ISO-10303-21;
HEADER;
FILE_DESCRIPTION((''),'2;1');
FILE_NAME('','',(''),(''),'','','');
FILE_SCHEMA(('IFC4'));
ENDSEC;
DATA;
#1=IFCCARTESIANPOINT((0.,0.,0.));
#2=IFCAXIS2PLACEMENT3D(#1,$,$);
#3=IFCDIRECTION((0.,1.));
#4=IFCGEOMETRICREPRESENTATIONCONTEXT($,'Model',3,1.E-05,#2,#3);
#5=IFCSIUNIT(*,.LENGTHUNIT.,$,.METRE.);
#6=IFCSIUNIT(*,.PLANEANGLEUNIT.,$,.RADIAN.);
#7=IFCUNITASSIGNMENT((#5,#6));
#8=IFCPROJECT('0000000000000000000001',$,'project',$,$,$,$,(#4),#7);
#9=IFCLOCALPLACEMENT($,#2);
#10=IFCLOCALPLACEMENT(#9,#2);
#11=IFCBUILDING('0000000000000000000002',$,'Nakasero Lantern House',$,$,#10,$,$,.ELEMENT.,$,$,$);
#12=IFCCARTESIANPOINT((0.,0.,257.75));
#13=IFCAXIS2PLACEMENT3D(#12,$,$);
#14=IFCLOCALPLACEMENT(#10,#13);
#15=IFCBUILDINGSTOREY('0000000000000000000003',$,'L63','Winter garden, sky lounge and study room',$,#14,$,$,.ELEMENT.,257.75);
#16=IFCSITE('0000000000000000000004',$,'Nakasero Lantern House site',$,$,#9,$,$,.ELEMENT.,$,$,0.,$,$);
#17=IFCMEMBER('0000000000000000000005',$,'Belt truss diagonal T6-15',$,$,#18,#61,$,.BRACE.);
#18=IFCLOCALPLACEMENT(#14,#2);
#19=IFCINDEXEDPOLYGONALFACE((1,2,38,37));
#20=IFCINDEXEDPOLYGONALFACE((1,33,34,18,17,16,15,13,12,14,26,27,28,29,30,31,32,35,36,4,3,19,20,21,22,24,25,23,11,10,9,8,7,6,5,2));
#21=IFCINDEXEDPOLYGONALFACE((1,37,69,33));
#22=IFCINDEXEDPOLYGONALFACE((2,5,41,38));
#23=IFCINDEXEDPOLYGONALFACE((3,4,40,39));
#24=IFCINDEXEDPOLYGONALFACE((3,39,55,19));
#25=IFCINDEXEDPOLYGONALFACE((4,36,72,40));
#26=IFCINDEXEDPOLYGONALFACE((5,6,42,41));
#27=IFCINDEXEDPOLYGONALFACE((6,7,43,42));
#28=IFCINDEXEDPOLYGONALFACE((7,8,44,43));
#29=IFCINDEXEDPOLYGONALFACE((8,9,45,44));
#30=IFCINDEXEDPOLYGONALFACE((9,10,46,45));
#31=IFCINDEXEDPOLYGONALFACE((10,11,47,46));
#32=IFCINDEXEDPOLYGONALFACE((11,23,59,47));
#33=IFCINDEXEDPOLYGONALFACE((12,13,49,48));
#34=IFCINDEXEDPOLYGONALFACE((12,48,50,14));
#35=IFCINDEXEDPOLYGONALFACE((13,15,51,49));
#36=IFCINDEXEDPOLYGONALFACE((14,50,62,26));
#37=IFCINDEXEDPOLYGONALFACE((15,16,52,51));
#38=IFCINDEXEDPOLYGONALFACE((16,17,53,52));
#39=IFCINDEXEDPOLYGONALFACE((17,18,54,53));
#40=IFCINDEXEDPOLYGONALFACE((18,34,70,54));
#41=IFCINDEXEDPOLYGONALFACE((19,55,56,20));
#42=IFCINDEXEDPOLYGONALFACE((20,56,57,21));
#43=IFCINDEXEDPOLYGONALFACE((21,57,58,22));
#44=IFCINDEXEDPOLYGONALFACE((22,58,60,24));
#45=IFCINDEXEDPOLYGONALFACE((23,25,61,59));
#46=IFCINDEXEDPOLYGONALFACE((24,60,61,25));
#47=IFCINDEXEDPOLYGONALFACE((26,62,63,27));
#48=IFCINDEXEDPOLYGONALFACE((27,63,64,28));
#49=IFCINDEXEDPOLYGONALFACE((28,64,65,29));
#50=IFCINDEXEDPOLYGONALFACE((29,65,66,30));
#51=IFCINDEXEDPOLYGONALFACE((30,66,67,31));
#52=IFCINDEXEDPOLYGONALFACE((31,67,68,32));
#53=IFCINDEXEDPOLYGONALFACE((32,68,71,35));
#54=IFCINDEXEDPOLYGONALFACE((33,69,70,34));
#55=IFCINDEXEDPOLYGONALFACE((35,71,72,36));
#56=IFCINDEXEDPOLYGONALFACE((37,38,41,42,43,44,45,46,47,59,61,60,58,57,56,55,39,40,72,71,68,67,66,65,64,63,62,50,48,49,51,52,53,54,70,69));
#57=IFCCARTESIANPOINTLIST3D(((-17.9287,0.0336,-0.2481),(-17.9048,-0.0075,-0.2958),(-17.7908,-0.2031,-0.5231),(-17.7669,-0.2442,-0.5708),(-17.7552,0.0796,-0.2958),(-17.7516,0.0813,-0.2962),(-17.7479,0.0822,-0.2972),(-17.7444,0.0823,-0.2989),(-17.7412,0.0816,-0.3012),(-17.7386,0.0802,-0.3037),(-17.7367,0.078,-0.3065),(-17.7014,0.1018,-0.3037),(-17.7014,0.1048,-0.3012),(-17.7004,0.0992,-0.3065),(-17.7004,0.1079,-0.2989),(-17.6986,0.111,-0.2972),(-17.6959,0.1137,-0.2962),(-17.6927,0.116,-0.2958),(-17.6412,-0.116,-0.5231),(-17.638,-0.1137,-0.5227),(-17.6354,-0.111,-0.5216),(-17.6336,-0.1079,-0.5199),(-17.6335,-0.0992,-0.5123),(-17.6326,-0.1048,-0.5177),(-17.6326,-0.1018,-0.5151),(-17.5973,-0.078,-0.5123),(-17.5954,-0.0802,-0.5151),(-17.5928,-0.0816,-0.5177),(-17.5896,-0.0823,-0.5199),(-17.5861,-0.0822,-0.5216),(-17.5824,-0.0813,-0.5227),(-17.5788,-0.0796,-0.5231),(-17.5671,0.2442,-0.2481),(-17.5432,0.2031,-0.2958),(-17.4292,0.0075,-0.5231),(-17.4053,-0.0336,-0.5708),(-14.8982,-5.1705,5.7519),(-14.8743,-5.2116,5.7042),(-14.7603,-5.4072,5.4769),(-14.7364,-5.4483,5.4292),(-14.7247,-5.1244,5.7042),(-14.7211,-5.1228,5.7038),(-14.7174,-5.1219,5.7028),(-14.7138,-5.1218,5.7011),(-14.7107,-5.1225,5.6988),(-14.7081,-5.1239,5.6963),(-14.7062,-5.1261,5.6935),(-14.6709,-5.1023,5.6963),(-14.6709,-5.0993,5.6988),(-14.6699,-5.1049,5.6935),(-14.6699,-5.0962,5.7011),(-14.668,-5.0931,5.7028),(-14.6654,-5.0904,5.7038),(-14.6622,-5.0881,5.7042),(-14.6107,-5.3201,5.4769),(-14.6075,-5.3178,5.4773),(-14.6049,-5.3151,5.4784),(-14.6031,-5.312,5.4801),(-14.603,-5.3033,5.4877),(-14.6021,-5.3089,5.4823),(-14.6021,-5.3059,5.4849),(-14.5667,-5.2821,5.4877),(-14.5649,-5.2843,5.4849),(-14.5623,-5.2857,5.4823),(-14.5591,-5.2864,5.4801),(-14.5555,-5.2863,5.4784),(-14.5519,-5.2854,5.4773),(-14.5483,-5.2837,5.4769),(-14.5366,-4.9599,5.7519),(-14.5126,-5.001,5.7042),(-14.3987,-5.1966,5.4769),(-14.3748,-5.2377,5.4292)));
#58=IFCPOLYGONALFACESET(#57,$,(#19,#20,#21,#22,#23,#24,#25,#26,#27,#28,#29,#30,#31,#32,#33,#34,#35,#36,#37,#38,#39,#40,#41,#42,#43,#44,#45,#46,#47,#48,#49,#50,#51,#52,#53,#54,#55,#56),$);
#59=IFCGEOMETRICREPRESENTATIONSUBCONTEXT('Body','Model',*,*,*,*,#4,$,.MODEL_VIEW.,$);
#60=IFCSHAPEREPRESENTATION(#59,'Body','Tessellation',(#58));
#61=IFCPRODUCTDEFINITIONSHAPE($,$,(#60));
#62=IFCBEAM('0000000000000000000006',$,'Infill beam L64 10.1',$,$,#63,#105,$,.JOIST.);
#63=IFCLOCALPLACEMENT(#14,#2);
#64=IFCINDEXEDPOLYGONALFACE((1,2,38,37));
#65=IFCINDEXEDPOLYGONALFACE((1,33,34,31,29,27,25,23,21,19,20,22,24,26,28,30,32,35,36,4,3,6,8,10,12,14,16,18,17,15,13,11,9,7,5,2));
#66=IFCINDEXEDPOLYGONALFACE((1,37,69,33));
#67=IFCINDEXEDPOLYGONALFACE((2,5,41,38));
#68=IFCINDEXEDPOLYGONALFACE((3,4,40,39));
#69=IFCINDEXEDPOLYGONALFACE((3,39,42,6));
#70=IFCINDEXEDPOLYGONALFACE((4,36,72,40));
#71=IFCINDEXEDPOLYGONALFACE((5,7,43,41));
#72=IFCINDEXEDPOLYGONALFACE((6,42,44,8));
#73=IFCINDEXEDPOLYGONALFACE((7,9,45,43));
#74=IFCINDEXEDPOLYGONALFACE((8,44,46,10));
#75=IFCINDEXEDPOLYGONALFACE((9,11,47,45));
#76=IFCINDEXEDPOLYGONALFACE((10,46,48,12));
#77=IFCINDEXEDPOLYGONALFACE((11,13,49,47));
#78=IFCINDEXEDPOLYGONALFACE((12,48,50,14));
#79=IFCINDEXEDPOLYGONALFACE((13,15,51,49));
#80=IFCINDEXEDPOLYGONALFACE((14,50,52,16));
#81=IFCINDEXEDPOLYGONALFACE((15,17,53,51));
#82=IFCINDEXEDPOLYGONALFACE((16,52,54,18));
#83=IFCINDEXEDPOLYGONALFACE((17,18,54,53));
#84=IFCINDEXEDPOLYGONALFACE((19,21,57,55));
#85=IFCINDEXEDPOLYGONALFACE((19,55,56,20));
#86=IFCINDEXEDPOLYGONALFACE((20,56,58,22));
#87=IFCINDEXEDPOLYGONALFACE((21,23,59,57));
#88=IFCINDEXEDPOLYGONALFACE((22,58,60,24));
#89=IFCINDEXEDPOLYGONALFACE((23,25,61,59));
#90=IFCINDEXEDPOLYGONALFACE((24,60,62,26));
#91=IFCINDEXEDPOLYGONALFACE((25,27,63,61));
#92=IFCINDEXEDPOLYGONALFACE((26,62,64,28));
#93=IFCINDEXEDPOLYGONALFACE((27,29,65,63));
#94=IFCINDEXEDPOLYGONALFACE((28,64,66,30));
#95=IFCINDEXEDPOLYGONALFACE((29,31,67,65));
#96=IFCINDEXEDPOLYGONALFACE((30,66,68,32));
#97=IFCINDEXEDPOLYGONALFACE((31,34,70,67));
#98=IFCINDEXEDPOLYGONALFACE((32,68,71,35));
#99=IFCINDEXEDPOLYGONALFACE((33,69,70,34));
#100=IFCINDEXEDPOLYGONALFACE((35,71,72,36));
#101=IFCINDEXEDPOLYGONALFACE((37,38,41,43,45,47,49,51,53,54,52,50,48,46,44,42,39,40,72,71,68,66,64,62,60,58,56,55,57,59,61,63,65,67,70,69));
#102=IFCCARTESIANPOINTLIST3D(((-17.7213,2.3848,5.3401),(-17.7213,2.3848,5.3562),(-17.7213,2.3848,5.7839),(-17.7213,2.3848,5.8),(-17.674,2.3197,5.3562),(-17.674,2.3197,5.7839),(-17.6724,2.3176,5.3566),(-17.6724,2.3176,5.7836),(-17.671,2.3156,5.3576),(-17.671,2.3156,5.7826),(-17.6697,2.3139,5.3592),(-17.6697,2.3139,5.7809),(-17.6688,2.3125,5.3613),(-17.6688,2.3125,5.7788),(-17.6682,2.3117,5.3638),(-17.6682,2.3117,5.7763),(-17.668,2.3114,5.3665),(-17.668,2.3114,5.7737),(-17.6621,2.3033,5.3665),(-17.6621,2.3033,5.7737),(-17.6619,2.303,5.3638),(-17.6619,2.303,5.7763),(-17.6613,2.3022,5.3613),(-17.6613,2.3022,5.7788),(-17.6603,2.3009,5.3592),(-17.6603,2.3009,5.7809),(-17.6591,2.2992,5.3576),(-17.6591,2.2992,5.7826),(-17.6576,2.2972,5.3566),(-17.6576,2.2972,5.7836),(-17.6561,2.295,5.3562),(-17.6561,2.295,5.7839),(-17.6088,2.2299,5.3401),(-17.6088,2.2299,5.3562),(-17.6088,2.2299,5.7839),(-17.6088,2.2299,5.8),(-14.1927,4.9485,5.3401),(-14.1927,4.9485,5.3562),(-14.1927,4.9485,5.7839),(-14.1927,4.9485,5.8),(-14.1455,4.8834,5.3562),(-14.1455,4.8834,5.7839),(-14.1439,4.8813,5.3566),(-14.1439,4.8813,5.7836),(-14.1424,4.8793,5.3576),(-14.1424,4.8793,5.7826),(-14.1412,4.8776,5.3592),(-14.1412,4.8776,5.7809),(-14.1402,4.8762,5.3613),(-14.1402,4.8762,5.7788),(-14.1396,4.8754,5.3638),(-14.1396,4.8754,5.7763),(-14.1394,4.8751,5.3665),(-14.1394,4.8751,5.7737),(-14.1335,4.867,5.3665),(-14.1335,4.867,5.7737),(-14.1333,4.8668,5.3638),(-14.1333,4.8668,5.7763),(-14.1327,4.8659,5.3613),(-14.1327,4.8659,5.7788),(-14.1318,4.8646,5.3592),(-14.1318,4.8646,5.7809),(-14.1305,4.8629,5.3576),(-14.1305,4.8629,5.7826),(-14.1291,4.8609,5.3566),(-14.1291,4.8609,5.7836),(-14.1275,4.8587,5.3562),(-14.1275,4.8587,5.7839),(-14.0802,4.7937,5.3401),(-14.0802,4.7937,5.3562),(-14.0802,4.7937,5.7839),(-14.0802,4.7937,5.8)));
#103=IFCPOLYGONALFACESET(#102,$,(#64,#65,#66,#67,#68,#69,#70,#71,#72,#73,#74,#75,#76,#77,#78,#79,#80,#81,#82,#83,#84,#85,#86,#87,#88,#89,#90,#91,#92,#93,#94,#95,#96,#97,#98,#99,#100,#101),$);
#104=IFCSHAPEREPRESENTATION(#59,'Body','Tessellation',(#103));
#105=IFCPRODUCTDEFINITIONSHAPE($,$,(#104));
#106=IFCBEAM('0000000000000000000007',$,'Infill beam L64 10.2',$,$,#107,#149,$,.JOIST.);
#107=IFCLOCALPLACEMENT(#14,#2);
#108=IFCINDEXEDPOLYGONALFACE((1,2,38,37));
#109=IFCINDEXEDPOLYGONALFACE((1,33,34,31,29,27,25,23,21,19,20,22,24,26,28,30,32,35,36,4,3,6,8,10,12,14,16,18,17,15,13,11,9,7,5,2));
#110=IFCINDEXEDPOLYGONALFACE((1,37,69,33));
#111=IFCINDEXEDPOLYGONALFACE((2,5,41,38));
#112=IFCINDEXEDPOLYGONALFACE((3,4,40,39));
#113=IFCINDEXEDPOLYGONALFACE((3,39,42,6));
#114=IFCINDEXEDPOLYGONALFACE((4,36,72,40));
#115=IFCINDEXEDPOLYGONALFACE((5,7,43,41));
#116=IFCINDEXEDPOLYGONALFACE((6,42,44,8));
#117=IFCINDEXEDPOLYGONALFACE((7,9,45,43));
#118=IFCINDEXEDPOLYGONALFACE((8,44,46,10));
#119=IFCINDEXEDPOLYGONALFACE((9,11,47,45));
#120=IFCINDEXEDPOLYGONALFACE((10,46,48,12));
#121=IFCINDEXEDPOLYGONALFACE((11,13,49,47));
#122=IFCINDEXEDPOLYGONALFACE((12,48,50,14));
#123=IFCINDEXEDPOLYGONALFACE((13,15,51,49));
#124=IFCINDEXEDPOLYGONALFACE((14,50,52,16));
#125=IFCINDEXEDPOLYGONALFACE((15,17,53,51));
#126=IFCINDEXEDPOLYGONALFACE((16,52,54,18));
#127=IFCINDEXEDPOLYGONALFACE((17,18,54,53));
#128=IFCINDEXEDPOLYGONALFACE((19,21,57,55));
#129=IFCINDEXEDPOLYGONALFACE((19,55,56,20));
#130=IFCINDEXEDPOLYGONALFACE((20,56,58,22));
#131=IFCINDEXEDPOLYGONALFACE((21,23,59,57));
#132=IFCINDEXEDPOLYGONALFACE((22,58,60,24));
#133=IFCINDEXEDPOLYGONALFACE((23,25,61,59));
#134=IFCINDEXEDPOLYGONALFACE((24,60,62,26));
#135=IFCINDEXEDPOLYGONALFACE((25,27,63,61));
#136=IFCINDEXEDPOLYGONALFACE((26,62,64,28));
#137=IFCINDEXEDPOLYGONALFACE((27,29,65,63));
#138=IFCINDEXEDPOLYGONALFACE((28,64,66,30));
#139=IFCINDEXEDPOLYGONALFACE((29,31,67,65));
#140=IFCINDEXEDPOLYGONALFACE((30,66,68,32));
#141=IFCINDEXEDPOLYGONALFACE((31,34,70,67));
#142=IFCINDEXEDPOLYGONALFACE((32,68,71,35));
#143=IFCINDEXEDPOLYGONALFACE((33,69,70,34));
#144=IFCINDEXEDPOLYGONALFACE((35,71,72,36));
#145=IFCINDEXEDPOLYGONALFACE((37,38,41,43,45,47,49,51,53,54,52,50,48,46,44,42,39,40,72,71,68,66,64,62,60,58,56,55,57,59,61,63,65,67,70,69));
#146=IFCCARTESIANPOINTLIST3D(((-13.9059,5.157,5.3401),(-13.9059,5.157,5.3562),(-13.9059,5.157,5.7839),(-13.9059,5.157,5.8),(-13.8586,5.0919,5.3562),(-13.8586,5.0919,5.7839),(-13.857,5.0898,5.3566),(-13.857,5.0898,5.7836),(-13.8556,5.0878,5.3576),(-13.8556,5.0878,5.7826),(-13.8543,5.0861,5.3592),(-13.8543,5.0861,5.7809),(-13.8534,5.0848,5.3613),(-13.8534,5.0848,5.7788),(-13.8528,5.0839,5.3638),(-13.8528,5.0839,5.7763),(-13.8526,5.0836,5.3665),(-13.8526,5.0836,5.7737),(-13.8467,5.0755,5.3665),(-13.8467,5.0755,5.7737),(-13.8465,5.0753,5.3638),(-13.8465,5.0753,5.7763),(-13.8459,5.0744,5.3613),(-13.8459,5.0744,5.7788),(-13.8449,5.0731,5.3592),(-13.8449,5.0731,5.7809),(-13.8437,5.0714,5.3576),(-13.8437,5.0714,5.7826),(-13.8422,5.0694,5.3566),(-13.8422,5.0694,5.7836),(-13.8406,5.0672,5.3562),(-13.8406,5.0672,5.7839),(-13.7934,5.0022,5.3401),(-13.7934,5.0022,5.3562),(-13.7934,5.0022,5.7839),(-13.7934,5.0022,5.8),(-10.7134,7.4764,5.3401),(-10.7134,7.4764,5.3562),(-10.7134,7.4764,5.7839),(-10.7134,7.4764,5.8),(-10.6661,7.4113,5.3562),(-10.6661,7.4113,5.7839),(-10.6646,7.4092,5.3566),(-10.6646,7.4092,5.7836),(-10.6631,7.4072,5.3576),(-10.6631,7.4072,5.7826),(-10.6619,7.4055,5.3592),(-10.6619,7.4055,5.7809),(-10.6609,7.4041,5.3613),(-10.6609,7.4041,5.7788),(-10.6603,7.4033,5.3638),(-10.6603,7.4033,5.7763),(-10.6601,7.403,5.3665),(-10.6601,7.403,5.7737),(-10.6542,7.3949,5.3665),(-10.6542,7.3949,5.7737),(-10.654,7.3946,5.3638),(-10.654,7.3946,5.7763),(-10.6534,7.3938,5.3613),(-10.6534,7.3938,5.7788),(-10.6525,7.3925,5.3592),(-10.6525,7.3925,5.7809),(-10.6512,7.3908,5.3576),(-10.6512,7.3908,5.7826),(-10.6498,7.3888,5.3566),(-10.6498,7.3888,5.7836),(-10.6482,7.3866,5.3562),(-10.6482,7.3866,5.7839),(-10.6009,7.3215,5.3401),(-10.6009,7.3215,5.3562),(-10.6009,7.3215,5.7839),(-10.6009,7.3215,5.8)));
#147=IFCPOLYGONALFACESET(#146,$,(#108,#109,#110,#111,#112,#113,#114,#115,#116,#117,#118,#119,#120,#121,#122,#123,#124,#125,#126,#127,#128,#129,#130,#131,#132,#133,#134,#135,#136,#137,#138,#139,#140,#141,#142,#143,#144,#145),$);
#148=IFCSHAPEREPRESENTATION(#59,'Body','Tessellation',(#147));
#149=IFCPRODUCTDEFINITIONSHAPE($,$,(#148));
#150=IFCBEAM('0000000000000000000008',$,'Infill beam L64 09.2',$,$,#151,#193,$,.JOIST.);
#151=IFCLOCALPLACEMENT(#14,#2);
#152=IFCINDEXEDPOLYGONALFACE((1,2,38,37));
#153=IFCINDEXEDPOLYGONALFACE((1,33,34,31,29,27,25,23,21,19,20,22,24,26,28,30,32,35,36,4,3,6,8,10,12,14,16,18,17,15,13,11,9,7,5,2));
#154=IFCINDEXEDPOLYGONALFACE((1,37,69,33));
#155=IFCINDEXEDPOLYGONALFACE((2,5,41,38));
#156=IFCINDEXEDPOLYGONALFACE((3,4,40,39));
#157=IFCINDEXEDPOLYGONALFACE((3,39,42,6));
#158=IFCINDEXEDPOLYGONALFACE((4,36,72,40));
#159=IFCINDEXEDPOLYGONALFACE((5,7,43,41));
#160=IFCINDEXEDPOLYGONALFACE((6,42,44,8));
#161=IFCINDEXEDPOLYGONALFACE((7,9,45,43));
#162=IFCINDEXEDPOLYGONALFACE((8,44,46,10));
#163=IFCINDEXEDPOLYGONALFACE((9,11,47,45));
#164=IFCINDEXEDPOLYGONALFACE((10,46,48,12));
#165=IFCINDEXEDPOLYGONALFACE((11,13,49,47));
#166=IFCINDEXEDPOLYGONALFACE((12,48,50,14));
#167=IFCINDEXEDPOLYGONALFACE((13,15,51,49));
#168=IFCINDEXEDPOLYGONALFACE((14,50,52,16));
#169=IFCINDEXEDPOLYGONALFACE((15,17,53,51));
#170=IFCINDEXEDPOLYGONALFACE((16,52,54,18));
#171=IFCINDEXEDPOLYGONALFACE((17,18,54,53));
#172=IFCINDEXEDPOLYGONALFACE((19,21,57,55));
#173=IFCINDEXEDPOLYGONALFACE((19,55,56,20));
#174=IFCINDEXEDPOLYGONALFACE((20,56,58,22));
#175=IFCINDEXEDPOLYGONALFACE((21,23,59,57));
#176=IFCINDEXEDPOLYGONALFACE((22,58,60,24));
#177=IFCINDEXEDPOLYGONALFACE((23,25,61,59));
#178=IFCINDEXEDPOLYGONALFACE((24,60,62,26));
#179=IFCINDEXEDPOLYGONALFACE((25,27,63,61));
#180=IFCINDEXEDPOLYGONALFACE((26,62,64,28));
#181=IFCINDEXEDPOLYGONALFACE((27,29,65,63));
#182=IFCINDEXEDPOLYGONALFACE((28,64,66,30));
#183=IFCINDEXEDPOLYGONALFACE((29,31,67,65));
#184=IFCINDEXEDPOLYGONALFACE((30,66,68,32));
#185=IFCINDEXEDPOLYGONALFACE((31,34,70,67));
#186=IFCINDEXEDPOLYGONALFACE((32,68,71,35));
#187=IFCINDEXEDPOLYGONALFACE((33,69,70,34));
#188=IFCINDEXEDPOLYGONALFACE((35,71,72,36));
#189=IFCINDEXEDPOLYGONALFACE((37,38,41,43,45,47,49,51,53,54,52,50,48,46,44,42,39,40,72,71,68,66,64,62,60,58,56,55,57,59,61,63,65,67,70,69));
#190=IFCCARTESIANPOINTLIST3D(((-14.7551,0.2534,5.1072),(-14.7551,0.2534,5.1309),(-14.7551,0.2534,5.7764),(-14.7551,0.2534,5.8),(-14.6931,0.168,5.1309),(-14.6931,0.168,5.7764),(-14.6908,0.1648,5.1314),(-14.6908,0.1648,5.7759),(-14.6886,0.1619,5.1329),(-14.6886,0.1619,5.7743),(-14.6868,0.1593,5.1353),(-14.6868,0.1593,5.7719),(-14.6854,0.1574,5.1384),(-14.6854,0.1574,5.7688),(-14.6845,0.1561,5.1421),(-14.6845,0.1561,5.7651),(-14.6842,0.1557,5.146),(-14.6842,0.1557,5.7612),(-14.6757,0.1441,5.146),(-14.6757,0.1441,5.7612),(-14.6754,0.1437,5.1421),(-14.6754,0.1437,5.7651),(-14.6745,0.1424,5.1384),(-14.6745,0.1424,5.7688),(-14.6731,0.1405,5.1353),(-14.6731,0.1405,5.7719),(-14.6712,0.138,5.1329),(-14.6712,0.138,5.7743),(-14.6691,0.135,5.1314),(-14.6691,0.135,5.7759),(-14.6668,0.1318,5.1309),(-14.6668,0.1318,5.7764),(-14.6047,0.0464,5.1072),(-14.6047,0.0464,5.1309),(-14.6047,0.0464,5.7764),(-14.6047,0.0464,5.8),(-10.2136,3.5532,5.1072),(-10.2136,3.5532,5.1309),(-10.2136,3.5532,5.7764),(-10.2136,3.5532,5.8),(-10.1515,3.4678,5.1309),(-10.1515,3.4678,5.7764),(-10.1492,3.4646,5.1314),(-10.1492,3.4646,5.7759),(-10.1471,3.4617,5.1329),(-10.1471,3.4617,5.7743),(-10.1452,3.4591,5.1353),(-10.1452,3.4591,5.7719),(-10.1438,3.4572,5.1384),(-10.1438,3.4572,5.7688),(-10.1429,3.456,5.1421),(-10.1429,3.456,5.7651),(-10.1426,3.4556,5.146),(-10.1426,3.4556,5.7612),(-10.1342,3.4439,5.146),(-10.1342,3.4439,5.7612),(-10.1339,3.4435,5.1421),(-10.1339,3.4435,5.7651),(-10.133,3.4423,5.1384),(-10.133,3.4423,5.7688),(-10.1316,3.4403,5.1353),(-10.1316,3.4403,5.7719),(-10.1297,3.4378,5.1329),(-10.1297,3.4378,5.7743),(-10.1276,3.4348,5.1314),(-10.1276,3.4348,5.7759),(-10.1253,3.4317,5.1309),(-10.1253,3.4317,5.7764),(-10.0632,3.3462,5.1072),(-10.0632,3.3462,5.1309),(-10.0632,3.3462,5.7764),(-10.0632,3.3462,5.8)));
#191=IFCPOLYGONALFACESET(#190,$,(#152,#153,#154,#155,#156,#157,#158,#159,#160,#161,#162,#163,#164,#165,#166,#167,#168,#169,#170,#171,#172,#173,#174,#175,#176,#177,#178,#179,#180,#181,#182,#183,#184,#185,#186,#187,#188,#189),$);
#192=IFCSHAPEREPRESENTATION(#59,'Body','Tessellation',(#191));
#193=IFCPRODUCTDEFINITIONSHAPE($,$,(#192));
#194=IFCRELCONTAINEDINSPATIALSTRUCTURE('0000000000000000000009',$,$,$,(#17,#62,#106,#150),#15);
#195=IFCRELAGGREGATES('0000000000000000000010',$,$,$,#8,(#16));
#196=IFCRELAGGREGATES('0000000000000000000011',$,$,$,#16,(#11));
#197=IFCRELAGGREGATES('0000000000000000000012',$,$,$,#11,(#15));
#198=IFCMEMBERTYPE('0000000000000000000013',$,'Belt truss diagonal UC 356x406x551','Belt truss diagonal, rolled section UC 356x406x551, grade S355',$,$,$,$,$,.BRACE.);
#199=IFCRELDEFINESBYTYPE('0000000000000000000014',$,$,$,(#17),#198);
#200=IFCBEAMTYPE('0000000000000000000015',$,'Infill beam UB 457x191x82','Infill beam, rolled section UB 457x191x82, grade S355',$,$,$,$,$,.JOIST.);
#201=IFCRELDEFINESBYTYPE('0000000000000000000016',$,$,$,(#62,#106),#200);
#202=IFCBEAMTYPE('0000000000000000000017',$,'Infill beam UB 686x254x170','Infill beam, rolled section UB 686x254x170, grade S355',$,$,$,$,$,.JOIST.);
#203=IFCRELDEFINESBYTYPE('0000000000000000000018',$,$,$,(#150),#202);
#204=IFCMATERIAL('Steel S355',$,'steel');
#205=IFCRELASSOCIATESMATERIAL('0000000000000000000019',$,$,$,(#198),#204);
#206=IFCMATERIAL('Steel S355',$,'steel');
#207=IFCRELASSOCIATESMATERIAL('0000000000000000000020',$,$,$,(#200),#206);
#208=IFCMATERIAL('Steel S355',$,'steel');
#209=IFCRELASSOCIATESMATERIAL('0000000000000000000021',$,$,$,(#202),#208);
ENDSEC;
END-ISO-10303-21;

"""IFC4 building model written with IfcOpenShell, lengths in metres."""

from ifc_helpers import new_model, si_unit, direction, frame, origin, origin_2d, place, context, subcontext, project, spatial, i_section, extrude, material, material_profile, profile_set, type_object, element, save


model = new_model("IFC4")

# Units and contexts
model_context = context("Model", 3, precision=1e-05, world=origin(), true_north=direction((0.0, 1.0)))
body_context = subcontext(model_context, "Body", "Model", "MODEL_VIEW")
ifc_project = project(units=[si_unit("LENGTHUNIT", "METRE"), si_unit("PLANEANGLEUNIT", "RADIAN")], contexts=[model_context])

# Site, building, storey
site_placement = place(None, origin())
site = spatial("IfcSite", under=ifc_project, at=site_placement, Name="Nakasero Lantern House site", CompositionType="ELEMENT", RefElevation=0.0)
building_placement = place(site_placement, origin())
building = spatial("IfcBuilding", under=site, at=building_placement, Name="Nakasero Lantern House", CompositionType="ELEMENT")
storey_placement = place(building_placement, frame((0.0, 0.0, 257.75)))
storey = spatial("IfcBuildingStorey", under=building, at=storey_placement, Name="L63", Description="Winter garden, sky lounge and study room", CompositionType="ELEMENT", Elevation=257.75)

# Member
ifc_material_1 = material(Name="Steel S355", Category="steel")
ifc_material_profile_1 = material_profile(ifc_material_1, i_section(OverallWidth=0.4185, OverallDepth=0.4556, WebThickness=0.042, FlangeThickness=0.0674, FilletRadius=0.0151, at=origin_2d()), Name="UC 356x406x551")
ifc_profile_set_1 = profile_set([ifc_material_profile_1], Name="Steel S355")
member_type_1 = type_object("IfcMemberType", Name="Belt truss diagonal UC 356x406x551", Description="Belt truss diagonal, rolled section UC 356x406x551, grade S355", PredefinedType="BRACE", material=ifc_profile_set_1)
member_1_placement = place(storey_placement, frame((-17.667, 0.0, -0.4094), z_axis=(0.35649, -0.612176, 0.705801), x_axis=(0.864155, 0.503226, 0.0)))
element("IfcMember", 1, at=member_1_placement, inside=storey, type_object=member_type_1, Name="Belt truss diagonal T6-15", PredefinedType="BRACE", context=body_context, shape_type="SweptSolid", body=[
    extrude(i_section(OverallWidth=0.4185, OverallDepth=0.4556, WebThickness=0.042, FlangeThickness=0.0674, FilletRadius=0.0151, at=origin_2d()), origin(), (0.0, 0.0, 1.0), 8.501),
])

# Beams
ifc_material_2 = material(Name="Steel S355", Category="steel")
ifc_material_profile_2 = material_profile(ifc_material_2, i_section(OverallWidth=0.1914, OverallDepth=0.46, WebThickness=0.01, FlangeThickness=0.0161, FilletRadius=0.0103, at=origin_2d()), Name="UB 457x191x82")
ifc_profile_set_2 = profile_set([ifc_material_profile_2], Name="Steel S355")
beam_type_1 = type_object("IfcBeamType", Name="Infill beam UB 457x191x82", Description="Infill beam, rolled section UB 457x191x82, grade S355", PredefinedType="JOIST", material=ifc_profile_set_2)
beam_1_placement = place(storey_placement, frame((-17.665, 2.3074, 5.5701), z_axis=(0.80901, 0.587796, 0.0), x_axis=(-0.587796, 0.80901, 0.0)))
element("IfcBeam", 2, at=beam_1_placement, inside=storey, type_object=beam_type_1, Name="Infill beam L64 10.1", PredefinedType="JOIST", context=body_context, shape_type="SweptSolid", body=[
    extrude(i_section(OverallWidth=0.1914, OverallDepth=0.46, WebThickness=0.01, FlangeThickness=0.0161, FilletRadius=0.0103, at=origin_2d()), origin(), (0.0, 0.0, 1.0), 4.3616),
])
beam_2_placement = place(storey_placement, frame((-13.8496, 5.0796, 5.5701), z_axis=(0.809025, 0.587774, 0.0), x_axis=(-0.587774, 0.809025, 0.0)))
element("IfcBeam", 3, at=beam_2_placement, inside=storey, type_object=beam_type_1, Name="Infill beam L64 10.2", PredefinedType="JOIST", context=body_context, shape_type="SweptSolid", body=[
    extrude(i_section(OverallWidth=0.1914, OverallDepth=0.46, WebThickness=0.01, FlangeThickness=0.0161, FilletRadius=0.0103, at=origin_2d()), origin(), (0.0, 0.0, 1.0), 3.946),
])
ifc_material_3 = material(Name="Steel S355", Category="steel")
ifc_material_profile_3 = material_profile(ifc_material_3, i_section(OverallWidth=0.2559, OverallDepth=0.6929, WebThickness=0.0144, FlangeThickness=0.0237, FilletRadius=0.0151, at=origin_2d()), Name="UB 686x254x170")
ifc_profile_set_3 = profile_set([ifc_material_profile_3], Name="Steel S355")
beam_type_2 = type_object("IfcBeamType", Name="Infill beam UB 686x254x170", Description="Infill beam, rolled section UB 686x254x170, grade S355", PredefinedType="JOIST", material=ifc_profile_set_3)
beam_3_placement = place(storey_placement, frame((-14.6799, 0.1499, 5.4536), z_axis=(0.808999, 0.58781, 0.0), x_axis=(-0.58781, 0.808999, 0.0)))
element("IfcBeam", 4, at=beam_3_placement, inside=storey, type_object=beam_type_2, Name="Infill beam L64 09.2", PredefinedType="JOIST", context=body_context, shape_type="SweptSolid", body=[
    extrude(i_section(OverallWidth=0.2559, OverallDepth=0.6929, WebThickness=0.0144, FlangeThickness=0.0237, FilletRadius=0.0151, at=origin_2d()), origin(), (0.0, 0.0, 1.0), 5.6138),
])

save(model, "model.ifc")
